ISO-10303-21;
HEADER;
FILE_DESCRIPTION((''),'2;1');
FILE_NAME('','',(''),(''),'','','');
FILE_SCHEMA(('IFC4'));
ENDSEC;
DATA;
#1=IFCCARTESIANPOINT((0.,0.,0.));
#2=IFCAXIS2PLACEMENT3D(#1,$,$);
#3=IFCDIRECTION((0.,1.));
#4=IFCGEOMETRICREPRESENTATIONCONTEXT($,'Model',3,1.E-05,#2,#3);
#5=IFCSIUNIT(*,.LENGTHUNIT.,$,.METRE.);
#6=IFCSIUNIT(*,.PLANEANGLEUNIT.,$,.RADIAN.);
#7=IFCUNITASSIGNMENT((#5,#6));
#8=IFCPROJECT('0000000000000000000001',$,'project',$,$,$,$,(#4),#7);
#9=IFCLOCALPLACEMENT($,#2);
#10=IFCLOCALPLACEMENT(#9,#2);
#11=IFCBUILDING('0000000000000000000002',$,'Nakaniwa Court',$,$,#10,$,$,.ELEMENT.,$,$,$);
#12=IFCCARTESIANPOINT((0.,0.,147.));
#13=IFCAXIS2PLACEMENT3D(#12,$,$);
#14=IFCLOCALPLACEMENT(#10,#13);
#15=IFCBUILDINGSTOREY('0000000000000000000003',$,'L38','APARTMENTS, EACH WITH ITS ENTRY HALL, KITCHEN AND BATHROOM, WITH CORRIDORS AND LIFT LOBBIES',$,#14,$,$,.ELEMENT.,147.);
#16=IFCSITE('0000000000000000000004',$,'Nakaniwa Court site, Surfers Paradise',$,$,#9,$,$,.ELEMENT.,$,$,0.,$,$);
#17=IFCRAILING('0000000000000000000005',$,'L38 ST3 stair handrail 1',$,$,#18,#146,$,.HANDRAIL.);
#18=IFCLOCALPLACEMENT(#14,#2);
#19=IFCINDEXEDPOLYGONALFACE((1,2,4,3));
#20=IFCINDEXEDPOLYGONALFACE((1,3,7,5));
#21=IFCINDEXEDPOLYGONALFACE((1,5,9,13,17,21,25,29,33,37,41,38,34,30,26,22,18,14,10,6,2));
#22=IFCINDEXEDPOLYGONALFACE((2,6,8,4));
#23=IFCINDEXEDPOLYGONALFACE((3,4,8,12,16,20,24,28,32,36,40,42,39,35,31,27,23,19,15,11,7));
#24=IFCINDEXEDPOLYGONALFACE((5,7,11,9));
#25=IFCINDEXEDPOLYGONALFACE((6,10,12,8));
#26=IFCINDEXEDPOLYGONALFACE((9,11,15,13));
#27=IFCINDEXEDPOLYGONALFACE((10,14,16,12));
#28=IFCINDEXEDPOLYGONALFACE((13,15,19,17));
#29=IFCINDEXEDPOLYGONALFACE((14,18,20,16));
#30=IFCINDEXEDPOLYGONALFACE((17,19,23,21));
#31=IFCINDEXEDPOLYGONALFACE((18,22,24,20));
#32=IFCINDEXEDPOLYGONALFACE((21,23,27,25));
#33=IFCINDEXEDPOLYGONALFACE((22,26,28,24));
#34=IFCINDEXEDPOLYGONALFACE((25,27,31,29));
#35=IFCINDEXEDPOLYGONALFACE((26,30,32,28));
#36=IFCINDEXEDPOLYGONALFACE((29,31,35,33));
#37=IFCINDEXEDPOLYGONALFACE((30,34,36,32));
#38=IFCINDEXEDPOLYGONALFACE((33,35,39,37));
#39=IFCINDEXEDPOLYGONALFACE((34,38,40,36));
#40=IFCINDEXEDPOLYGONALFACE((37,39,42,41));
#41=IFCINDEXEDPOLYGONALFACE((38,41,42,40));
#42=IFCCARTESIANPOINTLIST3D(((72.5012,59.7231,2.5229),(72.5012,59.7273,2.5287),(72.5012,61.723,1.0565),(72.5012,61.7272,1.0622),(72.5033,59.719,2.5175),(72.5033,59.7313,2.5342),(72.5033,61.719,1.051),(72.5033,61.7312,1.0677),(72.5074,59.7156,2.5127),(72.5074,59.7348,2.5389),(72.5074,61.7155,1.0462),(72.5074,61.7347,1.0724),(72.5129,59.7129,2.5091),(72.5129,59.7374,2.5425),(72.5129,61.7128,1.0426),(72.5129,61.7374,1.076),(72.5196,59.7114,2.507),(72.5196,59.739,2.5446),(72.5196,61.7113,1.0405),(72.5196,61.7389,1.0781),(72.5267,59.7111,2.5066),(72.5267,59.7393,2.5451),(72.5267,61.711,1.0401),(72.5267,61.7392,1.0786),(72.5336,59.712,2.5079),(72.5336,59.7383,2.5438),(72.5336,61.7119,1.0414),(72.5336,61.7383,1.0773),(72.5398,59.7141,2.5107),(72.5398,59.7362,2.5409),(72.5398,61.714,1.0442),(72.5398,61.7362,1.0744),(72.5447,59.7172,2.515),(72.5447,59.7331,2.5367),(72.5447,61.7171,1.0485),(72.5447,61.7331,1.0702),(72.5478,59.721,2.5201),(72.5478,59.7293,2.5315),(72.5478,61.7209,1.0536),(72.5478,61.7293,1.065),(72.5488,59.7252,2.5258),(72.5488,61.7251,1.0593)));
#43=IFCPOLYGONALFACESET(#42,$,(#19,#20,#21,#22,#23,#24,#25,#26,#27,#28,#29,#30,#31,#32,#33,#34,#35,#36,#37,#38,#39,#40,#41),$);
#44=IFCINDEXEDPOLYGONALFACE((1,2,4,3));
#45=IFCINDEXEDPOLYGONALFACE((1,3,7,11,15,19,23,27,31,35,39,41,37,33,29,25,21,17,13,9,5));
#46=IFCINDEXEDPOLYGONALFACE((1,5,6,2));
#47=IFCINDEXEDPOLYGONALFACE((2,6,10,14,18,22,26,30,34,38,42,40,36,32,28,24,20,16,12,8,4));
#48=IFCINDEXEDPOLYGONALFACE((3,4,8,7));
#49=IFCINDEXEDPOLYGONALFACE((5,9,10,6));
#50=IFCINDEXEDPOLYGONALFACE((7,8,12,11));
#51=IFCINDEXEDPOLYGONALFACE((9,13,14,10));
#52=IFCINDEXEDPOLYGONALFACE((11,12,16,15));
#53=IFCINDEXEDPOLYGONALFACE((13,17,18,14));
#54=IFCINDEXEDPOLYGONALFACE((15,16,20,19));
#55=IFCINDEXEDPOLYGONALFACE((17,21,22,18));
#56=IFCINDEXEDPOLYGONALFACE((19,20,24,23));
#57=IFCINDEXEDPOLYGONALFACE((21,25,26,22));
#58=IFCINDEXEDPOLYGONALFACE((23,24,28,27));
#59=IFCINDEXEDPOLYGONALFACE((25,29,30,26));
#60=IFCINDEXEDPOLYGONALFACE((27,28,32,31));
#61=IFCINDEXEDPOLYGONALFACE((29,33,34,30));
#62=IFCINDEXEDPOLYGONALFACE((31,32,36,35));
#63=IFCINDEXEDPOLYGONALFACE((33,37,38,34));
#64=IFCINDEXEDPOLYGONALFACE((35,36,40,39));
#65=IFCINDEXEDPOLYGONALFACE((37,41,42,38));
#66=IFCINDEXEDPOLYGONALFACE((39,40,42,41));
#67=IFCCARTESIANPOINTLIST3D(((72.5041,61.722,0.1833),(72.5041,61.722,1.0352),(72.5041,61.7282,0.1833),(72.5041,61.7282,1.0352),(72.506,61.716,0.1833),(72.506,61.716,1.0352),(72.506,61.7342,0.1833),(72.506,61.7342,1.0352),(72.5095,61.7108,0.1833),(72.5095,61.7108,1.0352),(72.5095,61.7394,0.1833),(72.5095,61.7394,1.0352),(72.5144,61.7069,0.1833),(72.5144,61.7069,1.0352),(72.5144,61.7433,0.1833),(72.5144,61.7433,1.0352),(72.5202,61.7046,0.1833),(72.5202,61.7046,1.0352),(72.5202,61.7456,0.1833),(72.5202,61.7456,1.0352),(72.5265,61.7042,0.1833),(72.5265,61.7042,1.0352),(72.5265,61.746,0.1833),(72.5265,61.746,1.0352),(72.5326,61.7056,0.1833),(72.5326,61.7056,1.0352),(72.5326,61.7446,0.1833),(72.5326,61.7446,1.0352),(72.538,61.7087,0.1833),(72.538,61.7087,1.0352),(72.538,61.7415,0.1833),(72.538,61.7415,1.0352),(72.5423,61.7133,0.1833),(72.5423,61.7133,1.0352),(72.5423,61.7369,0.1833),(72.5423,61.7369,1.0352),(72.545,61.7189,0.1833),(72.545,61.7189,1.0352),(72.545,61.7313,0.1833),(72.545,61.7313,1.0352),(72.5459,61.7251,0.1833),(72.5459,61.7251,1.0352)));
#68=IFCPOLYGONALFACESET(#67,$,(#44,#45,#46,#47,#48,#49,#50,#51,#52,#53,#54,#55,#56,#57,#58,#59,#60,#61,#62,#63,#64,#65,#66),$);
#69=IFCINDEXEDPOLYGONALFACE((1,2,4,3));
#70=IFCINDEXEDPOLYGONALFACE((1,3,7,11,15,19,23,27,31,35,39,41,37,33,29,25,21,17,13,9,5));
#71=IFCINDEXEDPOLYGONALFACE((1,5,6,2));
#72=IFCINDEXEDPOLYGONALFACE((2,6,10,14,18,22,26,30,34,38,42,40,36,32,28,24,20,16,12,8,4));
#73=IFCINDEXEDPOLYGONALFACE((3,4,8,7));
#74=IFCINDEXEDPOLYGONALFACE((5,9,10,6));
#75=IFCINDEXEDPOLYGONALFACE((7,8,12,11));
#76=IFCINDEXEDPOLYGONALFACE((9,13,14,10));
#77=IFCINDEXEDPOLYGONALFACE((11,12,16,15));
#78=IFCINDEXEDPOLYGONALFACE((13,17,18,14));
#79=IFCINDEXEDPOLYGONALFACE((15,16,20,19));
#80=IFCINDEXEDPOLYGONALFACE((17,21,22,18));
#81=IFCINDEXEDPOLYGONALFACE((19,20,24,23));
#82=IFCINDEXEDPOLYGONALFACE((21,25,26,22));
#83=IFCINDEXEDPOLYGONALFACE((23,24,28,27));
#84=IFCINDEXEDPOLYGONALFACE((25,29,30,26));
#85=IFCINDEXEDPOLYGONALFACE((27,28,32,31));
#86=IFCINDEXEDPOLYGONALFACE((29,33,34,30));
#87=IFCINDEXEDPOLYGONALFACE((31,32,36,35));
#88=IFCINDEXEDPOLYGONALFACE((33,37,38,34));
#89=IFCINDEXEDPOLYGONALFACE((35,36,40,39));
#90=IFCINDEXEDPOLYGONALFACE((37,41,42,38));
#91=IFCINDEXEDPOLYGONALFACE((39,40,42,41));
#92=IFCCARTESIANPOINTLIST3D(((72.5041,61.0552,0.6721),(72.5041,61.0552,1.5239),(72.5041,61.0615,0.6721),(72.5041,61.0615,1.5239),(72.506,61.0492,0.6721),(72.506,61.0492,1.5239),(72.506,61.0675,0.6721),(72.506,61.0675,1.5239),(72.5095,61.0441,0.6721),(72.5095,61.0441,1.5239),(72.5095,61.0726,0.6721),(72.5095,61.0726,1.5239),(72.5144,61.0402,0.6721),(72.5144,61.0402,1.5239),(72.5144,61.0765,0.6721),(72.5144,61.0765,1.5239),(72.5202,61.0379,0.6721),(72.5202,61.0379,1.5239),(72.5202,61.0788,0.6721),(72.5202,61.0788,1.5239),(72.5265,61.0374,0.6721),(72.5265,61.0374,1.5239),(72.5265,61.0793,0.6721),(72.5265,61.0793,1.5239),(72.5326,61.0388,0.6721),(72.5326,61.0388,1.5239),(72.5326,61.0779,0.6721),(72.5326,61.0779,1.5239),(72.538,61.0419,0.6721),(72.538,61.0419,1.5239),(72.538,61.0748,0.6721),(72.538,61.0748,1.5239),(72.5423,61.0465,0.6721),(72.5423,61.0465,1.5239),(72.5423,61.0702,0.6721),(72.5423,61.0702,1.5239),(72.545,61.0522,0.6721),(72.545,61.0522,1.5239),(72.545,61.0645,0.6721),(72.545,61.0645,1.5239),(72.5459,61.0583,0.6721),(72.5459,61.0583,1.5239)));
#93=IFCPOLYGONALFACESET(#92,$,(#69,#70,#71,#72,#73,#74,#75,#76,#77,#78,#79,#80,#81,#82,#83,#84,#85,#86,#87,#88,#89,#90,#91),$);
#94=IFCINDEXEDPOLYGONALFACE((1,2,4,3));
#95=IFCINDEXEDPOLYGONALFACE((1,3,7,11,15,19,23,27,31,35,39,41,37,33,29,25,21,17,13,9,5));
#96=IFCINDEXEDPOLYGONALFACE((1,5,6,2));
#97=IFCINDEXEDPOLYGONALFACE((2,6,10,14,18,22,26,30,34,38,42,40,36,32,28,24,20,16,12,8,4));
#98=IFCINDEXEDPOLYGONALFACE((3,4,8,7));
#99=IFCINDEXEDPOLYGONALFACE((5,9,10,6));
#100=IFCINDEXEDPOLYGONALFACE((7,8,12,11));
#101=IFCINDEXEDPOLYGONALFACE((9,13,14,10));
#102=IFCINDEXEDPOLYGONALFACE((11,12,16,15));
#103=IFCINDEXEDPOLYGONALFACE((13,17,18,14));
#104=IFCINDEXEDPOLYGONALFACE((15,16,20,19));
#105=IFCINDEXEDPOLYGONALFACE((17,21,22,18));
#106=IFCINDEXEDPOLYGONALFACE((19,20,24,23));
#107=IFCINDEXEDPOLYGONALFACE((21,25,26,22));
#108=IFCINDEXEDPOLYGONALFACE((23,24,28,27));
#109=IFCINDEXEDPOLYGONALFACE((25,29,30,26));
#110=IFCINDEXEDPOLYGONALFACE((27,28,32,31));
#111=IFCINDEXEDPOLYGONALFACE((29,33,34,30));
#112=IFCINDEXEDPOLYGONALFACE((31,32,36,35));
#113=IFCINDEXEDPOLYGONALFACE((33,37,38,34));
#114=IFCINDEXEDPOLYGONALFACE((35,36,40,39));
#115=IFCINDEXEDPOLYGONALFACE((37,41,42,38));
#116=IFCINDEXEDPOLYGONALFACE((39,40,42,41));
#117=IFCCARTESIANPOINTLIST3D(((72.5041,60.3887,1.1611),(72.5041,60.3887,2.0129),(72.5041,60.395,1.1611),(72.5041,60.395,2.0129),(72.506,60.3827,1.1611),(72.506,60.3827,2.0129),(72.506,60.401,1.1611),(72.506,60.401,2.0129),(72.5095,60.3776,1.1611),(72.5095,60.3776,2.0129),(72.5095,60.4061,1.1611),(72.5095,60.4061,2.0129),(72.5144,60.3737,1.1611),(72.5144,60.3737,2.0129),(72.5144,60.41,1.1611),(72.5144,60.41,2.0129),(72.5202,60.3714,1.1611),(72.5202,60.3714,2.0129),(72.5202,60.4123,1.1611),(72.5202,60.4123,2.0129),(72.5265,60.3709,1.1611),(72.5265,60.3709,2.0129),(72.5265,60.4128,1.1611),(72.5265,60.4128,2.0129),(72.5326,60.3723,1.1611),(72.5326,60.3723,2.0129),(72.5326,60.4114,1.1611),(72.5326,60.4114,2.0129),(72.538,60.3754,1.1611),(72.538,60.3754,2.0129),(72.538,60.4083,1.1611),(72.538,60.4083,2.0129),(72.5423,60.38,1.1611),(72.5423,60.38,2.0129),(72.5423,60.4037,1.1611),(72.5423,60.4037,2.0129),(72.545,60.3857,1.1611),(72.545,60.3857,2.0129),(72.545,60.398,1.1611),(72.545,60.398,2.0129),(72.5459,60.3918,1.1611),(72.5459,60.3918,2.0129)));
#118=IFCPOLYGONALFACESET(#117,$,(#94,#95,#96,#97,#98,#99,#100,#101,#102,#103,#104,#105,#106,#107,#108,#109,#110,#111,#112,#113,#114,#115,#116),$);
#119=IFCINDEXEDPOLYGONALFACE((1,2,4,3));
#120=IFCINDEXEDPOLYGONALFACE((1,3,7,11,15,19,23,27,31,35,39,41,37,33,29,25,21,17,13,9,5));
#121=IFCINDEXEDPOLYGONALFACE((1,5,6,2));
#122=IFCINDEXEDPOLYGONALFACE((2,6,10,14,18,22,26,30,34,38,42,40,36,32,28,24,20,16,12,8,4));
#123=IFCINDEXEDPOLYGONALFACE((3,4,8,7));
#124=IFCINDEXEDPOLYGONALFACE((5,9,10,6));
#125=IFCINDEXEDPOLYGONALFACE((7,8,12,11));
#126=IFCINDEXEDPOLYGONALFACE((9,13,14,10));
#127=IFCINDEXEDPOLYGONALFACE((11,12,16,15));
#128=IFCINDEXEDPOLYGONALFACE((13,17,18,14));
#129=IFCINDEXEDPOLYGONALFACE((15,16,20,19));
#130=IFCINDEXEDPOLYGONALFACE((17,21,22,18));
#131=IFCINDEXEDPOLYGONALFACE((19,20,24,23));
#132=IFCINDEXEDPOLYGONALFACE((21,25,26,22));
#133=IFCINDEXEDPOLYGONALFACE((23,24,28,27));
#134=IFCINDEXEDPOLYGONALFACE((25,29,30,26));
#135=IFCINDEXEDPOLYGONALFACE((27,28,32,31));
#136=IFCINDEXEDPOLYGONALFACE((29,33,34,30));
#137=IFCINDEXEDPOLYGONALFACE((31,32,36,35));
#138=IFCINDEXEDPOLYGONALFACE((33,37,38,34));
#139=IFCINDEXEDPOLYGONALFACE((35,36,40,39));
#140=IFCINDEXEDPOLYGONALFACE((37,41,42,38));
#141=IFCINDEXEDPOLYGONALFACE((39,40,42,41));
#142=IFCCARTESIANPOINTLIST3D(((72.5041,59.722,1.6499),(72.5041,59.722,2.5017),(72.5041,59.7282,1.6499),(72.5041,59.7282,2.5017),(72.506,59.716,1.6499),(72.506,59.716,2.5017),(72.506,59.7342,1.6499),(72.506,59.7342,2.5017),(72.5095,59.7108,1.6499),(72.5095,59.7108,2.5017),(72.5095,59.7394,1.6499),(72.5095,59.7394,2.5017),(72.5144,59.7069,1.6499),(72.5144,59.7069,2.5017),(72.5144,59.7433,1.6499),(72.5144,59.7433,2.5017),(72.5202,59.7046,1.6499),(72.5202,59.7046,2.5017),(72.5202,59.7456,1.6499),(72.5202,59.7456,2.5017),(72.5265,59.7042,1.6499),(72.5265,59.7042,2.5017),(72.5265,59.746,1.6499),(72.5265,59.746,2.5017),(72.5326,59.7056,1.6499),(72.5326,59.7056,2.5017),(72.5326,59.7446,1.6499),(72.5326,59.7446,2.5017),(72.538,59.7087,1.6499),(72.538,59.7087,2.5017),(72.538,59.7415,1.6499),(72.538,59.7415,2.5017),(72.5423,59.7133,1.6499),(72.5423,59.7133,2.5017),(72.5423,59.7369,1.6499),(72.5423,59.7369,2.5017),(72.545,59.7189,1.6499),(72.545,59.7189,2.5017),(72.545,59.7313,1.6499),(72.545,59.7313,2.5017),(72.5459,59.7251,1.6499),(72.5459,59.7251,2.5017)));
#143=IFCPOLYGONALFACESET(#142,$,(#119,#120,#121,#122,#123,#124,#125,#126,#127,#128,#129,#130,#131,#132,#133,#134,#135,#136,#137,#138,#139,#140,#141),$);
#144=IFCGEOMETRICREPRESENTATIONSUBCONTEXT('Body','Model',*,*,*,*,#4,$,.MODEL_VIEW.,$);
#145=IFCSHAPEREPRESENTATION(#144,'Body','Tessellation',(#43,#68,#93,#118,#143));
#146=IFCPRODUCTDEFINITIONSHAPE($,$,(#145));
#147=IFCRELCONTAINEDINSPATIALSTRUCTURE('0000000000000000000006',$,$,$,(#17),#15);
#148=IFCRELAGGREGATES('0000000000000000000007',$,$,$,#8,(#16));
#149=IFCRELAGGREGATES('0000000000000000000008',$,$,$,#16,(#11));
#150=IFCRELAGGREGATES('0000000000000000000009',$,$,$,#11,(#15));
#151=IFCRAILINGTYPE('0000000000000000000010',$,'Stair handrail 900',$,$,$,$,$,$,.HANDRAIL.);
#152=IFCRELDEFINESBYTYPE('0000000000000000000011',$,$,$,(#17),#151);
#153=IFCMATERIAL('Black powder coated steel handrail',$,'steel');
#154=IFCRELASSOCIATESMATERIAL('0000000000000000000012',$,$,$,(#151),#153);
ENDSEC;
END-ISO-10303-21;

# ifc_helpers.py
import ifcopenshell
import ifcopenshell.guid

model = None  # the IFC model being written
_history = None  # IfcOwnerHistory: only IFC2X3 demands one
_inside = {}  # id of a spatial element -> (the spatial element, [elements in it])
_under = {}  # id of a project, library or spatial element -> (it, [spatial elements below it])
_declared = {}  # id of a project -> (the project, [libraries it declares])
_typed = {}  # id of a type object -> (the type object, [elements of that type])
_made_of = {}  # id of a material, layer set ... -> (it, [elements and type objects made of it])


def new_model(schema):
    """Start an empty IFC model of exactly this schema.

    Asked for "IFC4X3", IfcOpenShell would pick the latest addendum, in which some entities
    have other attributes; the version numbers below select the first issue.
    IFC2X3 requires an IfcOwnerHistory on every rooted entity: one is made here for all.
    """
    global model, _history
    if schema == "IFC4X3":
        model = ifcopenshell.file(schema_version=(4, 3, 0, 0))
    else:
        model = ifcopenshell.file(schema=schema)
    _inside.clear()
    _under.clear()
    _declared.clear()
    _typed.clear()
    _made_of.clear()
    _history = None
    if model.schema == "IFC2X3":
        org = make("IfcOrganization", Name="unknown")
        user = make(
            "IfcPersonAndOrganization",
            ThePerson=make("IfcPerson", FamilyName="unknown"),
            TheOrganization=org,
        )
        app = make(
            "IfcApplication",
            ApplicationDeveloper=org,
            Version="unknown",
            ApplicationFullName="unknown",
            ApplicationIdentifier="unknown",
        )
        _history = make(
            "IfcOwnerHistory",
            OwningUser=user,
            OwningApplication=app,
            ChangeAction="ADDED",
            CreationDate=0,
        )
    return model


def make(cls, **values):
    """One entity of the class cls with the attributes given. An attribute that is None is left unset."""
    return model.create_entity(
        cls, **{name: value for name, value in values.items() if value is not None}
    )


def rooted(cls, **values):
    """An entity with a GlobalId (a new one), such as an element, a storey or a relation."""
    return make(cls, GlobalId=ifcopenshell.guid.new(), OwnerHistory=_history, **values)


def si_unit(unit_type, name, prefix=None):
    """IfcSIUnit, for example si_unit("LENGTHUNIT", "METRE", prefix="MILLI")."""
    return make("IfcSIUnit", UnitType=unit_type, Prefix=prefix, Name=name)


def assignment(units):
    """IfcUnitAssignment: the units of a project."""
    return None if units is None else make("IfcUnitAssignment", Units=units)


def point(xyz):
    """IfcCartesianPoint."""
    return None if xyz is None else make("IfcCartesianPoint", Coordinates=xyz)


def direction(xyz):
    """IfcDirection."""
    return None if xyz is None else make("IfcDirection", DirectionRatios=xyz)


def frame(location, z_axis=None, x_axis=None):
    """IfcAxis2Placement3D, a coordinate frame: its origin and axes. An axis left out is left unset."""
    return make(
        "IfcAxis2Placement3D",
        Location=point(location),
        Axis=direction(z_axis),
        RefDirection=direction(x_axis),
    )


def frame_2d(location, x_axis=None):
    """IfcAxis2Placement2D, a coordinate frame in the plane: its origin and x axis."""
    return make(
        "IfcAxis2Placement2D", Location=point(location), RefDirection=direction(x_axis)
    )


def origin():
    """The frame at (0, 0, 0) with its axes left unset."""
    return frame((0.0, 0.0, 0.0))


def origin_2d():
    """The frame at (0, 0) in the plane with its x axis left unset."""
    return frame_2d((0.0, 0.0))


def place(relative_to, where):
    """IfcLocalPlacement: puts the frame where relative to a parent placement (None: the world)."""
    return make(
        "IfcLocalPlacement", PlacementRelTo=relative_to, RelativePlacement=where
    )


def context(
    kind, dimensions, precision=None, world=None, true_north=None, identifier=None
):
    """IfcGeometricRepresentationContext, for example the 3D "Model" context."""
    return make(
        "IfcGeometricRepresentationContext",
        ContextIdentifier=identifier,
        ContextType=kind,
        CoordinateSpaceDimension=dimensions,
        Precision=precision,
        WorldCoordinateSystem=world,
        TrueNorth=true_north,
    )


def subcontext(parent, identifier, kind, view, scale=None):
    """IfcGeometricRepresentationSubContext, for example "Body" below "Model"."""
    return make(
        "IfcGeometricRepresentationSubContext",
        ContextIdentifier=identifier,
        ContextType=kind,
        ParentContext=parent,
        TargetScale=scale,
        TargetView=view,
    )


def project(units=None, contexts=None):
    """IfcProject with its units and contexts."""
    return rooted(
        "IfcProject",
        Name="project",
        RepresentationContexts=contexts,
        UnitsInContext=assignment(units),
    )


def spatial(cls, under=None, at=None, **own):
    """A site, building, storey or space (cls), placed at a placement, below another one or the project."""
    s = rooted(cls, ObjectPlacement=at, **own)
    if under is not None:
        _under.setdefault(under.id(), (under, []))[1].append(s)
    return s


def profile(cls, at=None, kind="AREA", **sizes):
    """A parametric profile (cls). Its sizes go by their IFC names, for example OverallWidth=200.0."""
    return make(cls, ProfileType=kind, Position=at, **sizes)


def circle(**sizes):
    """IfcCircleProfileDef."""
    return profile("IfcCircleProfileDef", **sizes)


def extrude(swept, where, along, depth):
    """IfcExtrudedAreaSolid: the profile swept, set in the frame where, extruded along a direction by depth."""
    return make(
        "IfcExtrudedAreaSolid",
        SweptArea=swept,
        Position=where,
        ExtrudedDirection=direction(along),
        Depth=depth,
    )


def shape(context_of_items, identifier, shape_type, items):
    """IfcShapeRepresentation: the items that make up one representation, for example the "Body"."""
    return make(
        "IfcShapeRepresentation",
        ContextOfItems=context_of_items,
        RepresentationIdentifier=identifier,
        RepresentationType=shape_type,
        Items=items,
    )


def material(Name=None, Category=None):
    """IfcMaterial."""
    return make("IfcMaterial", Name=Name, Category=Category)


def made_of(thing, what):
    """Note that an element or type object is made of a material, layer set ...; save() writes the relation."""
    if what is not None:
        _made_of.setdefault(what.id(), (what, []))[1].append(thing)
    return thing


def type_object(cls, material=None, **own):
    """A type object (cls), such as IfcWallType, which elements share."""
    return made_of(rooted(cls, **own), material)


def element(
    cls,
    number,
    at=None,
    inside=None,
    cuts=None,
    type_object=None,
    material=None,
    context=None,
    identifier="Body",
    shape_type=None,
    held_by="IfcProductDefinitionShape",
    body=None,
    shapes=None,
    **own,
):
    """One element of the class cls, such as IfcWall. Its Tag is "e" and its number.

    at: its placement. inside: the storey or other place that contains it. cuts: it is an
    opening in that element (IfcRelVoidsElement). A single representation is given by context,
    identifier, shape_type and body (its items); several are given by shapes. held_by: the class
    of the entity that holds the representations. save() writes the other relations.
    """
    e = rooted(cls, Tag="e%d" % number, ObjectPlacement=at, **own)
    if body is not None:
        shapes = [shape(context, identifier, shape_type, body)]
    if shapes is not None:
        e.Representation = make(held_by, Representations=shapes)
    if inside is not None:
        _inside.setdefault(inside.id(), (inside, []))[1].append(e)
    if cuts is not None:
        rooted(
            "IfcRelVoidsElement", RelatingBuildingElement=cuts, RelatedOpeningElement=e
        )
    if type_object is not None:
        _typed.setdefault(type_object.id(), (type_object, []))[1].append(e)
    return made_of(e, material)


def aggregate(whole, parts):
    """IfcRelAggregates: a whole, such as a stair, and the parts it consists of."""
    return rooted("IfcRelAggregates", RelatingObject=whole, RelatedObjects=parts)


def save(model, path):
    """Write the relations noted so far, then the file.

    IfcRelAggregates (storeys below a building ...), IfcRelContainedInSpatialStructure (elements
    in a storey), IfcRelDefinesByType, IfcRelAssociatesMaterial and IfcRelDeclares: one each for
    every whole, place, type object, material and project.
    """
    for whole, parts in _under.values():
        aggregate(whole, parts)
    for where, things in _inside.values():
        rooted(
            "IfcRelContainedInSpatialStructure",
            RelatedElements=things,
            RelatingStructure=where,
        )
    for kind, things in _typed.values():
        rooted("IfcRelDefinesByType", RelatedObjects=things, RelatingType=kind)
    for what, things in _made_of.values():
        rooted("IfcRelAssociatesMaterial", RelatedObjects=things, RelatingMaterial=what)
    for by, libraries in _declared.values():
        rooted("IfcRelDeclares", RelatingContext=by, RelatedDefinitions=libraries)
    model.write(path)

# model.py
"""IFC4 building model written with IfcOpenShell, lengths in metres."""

from ifc_helpers import new_model, si_unit, direction, frame, origin, origin_2d, place, context, subcontext, project, spatial, circle, extrude, material, type_object, element, save


model = new_model("IFC4")

# Units and contexts
model_context = context("Model", 3, precision=1e-05, world=origin(), true_north=direction((0.0, 1.0)))
body_context = subcontext(model_context, "Body", "Model", "MODEL_VIEW")
ifc_project = project(units=[si_unit("LENGTHUNIT", "METRE"), si_unit("PLANEANGLEUNIT", "RADIAN")], contexts=[model_context])

# Site, building, storey
site_placement = place(None, origin())
site = spatial("IfcSite", under=ifc_project, at=site_placement, Name="Nakaniwa Court site, Surfers Paradise", CompositionType="ELEMENT", RefElevation=0.0)
building_placement = place(site_placement, origin())
building = spatial("IfcBuilding", under=site, at=building_placement, Name="Nakaniwa Court", CompositionType="ELEMENT")
storey_placement = place(building_placement, frame((0.0, 0.0, 147.0)))
storey = spatial("IfcBuildingStorey", under=building, at=storey_placement, Name="L38", Description="APARTMENTS, EACH WITH ITS ENTRY HALL, KITCHEN AND BATHROOM, WITH CORRIDORS AND LIFT LOBBIES", CompositionType="ELEMENT", Elevation=147.0)

# Railing
ifc_material_1 = material(Name="Black powder coated steel handrail", Category="steel")
railing_type_1 = type_object("IfcRailingType", Name="Stair handrail 900", PredefinedType="HANDRAIL", material=ifc_material_1)
railing_1_placement = place(storey_placement, frame((72.5249, 61.7251, 0.1833)))
element("IfcRailing", 1, at=railing_1_placement, inside=storey, type_object=railing_type_1, Name="L38 ST3 stair handrail 1", PredefinedType="HANDRAIL", context=body_context, shape_type="SweptSolid", body=[
    extrude(circle(Radius=0.0239, at=origin_2d()), frame((0.0, 0.0, 0.876), z_axis=(0.0, -0.806427, 0.591334), x_axis=(1.0, 0.0, 0.0)), (0.0, 0.0, 1.0), 2.48),
    extrude(circle(Radius=0.021, at=origin_2d()), origin(), (0.0, 0.0, 1.0), 0.8518),
    extrude(circle(Radius=0.021, at=origin_2d()), frame((0.0, -0.6667, 0.4888)), (0.0, 0.0, 1.0), 0.8518),
    extrude(circle(Radius=0.021, at=origin_2d()), frame((0.0, -1.3333, 0.9778)), (0.0, 0.0, 1.0), 0.8518),
    extrude(circle(Radius=0.021, at=origin_2d()), frame((0.0, -2.0, 1.4666)), (0.0, 0.0, 1.0), 0.8518),
])

save(model, "model.ifc")
